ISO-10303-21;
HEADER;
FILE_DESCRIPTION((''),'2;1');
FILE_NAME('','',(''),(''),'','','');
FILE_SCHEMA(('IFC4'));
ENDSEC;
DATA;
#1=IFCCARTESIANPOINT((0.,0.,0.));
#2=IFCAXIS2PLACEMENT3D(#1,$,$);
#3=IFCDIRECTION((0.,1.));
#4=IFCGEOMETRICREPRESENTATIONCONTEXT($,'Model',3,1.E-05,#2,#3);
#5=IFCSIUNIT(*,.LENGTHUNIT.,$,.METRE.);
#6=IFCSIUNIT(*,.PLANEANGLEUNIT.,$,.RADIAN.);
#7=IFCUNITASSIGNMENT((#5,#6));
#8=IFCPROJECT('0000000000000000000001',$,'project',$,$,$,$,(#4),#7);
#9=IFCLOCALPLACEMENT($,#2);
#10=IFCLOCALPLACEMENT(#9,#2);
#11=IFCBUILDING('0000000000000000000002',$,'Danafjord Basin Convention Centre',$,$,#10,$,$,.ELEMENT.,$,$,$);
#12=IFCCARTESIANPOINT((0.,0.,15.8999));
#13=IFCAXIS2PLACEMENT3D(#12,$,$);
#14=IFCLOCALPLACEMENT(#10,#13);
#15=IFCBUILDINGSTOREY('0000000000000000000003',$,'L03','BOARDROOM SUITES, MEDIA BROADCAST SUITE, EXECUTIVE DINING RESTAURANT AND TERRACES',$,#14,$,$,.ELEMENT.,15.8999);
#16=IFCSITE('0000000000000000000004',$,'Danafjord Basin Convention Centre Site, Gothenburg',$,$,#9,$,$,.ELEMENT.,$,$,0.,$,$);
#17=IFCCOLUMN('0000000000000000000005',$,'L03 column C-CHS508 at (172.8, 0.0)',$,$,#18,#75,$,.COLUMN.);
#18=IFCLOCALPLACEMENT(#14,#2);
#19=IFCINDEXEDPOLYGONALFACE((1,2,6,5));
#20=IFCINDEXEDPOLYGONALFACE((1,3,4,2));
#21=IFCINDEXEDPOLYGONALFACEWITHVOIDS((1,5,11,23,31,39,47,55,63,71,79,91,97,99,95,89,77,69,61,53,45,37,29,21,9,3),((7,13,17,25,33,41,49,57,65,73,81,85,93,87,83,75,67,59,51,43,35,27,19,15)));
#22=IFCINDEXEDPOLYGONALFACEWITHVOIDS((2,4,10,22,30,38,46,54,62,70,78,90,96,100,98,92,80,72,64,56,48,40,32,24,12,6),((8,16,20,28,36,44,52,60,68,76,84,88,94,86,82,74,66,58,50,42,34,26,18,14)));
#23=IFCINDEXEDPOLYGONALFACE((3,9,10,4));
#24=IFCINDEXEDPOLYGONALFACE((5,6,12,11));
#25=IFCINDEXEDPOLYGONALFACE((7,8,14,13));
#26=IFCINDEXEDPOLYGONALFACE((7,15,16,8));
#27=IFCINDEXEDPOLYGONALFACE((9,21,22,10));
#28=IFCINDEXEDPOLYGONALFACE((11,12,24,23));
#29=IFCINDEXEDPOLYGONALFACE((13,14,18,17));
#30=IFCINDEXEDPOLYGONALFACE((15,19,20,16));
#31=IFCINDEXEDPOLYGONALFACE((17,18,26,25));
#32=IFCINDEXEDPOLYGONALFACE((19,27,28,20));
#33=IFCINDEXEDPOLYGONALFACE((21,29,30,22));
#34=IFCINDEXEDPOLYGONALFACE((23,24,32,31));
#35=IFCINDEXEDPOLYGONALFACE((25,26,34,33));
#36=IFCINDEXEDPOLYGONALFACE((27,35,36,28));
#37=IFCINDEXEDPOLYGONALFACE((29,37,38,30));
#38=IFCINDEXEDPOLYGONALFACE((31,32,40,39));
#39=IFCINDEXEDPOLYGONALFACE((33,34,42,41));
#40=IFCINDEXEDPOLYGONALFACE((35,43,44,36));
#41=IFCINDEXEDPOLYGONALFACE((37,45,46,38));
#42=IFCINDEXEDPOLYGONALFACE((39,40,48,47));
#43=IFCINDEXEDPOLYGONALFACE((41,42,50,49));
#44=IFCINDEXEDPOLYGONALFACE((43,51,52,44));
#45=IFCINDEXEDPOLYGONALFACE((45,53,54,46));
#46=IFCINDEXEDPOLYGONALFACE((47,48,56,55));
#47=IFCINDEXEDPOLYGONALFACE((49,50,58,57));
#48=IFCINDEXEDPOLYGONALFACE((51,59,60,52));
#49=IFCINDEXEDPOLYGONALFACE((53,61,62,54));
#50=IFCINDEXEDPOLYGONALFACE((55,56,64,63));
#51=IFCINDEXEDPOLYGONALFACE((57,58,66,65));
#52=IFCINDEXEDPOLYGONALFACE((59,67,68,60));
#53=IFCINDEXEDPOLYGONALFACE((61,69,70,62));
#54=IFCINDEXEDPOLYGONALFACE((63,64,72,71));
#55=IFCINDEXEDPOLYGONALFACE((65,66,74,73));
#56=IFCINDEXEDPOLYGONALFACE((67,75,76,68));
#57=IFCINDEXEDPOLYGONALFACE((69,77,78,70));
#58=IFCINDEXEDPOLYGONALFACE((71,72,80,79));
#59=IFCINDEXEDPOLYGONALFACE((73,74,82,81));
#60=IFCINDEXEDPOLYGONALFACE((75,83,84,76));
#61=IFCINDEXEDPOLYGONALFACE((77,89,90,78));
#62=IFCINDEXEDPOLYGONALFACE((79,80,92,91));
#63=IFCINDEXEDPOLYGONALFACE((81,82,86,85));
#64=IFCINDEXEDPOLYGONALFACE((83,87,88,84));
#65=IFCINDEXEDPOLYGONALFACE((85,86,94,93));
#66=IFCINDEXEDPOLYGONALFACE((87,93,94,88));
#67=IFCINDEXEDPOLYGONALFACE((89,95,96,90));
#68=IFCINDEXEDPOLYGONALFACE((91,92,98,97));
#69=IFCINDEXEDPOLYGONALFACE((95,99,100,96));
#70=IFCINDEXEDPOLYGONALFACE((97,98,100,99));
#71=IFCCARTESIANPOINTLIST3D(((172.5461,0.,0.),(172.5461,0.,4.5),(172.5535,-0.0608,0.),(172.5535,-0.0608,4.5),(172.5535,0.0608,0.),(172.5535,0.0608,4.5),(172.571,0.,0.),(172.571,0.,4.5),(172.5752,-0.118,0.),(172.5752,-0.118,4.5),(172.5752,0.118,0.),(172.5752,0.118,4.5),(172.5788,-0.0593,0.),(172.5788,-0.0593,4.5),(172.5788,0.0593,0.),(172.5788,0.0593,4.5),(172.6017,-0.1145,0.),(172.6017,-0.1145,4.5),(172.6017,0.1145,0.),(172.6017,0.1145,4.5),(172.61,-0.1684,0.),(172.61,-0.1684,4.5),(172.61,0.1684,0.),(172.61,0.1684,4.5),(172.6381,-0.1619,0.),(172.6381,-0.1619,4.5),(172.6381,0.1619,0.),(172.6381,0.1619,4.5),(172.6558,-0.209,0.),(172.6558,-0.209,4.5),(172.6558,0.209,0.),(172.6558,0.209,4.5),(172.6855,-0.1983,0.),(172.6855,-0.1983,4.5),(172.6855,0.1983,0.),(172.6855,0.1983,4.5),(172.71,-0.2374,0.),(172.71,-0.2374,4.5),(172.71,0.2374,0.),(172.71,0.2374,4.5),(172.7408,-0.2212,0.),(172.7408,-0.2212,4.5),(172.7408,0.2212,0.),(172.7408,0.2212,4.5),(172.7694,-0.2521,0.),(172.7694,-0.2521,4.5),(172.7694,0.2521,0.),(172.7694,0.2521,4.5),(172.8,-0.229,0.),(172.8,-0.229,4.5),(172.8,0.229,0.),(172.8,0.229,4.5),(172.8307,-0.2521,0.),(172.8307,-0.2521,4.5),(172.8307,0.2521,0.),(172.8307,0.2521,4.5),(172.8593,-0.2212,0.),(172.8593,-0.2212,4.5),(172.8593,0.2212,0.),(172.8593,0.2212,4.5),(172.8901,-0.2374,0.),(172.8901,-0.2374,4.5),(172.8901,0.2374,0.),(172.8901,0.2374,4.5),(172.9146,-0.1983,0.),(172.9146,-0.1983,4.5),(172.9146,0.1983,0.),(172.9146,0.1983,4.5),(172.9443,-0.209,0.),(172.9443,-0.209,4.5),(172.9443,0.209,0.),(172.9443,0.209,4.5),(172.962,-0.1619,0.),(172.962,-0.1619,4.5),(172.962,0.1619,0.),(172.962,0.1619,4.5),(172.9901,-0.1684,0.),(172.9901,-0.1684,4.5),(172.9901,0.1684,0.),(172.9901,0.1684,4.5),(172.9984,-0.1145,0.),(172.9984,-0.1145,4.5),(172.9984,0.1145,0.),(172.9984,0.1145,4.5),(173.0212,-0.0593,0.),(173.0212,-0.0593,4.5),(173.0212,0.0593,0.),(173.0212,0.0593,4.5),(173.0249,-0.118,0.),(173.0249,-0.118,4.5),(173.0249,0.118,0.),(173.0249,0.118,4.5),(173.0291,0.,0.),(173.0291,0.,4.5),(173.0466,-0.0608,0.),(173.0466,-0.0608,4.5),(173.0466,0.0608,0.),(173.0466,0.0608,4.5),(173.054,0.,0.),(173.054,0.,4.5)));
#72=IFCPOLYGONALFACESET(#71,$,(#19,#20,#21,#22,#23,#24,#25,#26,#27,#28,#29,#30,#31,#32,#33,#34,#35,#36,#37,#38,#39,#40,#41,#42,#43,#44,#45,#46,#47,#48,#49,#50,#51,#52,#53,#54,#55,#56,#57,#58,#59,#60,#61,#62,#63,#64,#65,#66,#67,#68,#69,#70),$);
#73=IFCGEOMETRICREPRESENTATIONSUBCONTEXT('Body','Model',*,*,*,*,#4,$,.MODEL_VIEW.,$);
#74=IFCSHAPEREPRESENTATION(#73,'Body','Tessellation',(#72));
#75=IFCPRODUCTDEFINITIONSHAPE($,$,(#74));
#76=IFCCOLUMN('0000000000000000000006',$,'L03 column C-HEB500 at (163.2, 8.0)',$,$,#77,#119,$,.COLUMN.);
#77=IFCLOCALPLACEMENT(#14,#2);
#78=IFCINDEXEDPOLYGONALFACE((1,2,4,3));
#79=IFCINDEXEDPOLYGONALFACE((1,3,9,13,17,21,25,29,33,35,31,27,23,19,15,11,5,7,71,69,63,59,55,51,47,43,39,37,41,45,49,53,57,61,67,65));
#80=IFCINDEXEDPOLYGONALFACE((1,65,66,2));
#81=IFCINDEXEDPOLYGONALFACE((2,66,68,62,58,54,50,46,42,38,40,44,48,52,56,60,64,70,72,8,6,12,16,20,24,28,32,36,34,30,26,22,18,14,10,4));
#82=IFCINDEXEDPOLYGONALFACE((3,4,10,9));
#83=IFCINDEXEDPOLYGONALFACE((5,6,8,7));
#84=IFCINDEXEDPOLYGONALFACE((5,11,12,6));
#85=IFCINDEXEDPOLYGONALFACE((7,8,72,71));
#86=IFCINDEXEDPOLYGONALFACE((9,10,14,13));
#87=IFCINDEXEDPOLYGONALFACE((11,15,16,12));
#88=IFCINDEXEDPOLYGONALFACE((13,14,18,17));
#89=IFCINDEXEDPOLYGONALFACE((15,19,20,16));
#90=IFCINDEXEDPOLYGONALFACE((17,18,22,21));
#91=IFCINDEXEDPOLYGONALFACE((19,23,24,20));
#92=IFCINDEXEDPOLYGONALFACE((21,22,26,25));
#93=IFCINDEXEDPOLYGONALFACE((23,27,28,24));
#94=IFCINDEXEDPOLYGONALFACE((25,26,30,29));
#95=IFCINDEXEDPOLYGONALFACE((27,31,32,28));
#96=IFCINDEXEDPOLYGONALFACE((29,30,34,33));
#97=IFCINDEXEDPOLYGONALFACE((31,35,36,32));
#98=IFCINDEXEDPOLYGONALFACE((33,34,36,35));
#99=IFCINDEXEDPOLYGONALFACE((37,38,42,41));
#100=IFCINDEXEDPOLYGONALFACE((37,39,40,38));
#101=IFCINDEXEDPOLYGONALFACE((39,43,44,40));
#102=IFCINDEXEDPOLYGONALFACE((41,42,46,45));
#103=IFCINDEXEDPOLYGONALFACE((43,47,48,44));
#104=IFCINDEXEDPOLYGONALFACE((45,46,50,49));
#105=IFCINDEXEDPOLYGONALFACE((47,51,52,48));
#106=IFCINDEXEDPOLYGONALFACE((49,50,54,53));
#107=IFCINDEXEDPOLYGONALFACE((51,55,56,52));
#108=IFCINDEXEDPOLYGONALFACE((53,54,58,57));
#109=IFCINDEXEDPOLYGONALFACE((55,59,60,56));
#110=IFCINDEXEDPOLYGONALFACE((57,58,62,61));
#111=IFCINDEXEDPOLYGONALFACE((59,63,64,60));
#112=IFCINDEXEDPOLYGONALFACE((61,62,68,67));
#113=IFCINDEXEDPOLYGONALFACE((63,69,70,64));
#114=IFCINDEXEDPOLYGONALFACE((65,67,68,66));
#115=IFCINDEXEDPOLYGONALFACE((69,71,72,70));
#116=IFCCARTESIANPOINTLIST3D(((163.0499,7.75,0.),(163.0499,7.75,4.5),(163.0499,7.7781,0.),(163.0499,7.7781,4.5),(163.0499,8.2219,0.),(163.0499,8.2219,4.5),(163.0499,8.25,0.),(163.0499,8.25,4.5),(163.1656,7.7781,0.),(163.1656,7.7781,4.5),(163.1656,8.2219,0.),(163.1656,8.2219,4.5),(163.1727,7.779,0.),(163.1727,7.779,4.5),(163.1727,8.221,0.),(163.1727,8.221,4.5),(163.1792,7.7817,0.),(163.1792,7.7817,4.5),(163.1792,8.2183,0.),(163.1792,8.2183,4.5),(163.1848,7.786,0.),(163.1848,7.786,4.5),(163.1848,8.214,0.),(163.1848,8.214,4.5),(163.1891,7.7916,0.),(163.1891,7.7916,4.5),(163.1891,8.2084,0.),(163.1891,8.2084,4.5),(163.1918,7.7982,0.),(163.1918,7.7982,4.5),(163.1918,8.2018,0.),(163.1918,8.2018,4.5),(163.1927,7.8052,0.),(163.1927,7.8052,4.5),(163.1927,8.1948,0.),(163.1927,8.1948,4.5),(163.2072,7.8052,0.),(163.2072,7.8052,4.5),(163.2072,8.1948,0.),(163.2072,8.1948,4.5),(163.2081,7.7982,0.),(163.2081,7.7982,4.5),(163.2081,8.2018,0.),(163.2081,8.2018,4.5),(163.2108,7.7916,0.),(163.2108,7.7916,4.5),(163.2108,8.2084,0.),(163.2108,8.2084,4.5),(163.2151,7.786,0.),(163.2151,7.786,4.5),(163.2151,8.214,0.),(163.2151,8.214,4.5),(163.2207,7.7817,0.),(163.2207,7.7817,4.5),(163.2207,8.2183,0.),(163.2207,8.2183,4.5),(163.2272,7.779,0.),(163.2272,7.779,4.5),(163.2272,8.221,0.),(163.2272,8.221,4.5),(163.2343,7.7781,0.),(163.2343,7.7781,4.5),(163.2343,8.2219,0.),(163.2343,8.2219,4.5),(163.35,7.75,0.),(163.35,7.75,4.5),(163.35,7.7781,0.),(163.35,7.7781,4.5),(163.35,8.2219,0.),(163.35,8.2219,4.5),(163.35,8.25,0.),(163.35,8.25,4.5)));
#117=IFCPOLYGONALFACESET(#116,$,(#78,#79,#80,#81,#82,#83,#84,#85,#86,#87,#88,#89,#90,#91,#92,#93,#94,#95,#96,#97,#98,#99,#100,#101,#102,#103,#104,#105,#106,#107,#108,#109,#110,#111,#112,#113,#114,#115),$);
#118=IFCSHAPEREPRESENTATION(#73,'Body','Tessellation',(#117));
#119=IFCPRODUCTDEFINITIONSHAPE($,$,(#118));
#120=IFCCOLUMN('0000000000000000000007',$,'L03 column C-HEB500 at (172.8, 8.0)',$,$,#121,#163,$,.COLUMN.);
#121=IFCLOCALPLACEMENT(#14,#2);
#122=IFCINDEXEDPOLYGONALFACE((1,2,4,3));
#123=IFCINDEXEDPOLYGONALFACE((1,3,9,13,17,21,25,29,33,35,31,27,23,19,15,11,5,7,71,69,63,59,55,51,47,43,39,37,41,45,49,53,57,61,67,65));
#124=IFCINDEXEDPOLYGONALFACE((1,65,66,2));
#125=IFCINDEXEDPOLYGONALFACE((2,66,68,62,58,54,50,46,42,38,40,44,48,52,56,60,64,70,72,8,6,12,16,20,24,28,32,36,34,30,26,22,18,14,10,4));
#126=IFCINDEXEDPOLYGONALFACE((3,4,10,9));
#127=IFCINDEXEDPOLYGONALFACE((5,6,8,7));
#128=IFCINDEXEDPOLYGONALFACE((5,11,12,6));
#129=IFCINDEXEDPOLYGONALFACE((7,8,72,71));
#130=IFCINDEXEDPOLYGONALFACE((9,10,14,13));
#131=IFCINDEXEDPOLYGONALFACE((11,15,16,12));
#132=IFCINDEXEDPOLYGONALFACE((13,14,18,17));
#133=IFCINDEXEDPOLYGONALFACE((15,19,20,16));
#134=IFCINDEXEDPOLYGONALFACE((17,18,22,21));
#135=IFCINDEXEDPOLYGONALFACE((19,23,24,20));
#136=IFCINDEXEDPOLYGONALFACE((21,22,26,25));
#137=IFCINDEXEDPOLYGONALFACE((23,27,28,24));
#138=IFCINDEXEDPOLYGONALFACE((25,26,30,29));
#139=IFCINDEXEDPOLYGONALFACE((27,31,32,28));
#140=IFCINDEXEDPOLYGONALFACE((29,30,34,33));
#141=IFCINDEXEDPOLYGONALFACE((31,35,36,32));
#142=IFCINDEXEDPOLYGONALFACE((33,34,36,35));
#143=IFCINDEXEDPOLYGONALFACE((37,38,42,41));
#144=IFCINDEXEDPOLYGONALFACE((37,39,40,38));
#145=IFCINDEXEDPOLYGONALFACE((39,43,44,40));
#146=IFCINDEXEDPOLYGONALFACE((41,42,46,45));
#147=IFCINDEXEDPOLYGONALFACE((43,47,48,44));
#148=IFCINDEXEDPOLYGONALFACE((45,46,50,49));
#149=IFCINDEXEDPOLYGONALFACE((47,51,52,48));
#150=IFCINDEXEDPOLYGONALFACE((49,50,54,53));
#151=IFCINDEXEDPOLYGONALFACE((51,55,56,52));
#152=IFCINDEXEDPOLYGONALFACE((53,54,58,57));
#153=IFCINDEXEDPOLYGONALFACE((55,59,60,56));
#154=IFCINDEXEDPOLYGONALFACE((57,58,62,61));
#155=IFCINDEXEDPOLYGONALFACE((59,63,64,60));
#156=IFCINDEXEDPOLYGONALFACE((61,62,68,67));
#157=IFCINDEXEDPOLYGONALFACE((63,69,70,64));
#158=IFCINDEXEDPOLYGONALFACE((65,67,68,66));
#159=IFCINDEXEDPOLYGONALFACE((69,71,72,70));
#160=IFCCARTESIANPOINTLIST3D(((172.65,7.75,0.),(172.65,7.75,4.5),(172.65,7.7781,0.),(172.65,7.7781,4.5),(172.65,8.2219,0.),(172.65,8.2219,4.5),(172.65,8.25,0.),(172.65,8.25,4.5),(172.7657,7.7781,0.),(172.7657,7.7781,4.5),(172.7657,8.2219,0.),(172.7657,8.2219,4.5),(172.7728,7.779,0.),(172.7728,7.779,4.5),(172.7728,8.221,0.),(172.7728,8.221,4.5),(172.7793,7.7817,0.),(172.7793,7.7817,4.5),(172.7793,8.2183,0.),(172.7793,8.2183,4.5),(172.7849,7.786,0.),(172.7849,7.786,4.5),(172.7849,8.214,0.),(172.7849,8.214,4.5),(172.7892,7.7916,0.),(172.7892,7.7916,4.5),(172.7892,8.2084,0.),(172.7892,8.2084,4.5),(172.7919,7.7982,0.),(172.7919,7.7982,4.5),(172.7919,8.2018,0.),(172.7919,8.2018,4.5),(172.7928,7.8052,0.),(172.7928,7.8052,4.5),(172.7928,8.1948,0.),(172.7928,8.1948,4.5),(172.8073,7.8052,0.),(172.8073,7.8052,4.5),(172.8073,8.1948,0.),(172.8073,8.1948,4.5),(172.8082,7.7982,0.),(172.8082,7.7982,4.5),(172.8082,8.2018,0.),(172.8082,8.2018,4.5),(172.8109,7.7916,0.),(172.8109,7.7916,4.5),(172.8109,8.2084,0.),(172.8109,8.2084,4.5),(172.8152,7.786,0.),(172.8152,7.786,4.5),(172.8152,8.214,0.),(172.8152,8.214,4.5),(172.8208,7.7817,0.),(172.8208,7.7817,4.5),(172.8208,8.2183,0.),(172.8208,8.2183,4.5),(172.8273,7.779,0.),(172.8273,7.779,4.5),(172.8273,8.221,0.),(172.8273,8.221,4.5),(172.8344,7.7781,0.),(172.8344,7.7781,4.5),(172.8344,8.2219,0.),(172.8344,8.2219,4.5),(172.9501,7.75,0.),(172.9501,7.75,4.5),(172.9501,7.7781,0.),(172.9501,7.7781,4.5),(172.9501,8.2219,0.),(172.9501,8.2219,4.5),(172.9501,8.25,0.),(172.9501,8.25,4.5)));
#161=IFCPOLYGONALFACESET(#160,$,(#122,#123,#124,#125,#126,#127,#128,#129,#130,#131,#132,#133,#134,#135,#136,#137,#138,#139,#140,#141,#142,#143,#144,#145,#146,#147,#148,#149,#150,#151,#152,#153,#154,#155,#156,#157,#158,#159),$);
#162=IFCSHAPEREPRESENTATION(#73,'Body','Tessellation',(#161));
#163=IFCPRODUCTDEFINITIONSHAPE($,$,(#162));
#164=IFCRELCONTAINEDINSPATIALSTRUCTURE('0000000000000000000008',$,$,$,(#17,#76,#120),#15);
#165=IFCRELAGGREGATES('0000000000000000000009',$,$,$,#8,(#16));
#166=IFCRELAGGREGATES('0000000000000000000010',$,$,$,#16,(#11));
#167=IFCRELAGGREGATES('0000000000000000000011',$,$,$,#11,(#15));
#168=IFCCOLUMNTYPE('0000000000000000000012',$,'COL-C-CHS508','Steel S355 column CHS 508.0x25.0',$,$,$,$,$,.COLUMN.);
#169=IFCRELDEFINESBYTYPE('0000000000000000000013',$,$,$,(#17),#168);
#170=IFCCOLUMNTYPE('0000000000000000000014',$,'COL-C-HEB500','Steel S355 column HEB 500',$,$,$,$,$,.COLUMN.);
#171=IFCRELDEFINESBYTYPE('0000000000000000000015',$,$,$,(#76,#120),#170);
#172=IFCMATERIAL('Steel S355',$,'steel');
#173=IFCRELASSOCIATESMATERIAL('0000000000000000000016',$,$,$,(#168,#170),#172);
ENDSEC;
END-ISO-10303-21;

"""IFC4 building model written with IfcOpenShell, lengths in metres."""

from ifc_helpers import new_model, si_unit, direction, frame, origin, origin_2d, place, context, subcontext, project, spatial, hollow_circle, i_section, extrude, material, material_profile, profile_set, type_object, element, save


model = new_model("IFC4")

# Units and contexts
model_context = context("Model", 3, precision=1e-05, world=origin(), true_north=direction((0.0, 1.0)))
body_context = subcontext(model_context, "Body", "Model", "MODEL_VIEW")
ifc_project = project(units=[si_unit("LENGTHUNIT", "METRE"), si_unit("PLANEANGLEUNIT", "RADIAN")], contexts=[model_context])

# Site, building, storey
site_placement = place(None, origin())
site = spatial("IfcSite", under=ifc_project, at=site_placement, Name="Danafjord Basin Convention Centre Site, Gothenburg", CompositionType="ELEMENT", RefElevation=0.0)
building_placement = place(site_placement, origin())
building = spatial("IfcBuilding", under=site, at=building_placement, Name="Danafjord Basin Convention Centre", CompositionType="ELEMENT")
storey_placement = place(building_placement, frame((0.0, 0.0, 15.8999)))
storey = spatial("IfcBuildingStorey", under=building, at=storey_placement, Name="L03", Description="BOARDROOM SUITES, MEDIA BROADCAST SUITE, EXECUTIVE DINING RESTAURANT AND TERRACES", CompositionType="ELEMENT", Elevation=15.8999)

# Columns
ifc_material_1 = material(Name="Steel S355", Category="steel")
ifc_material_profile_1 = material_profile(ifc_material_1, hollow_circle(Radius=0.2539, WallThickness=0.0249, at=origin_2d()), Name="CHS 508.0x25.0")
ifc_profile_set_1 = profile_set([ifc_material_profile_1], Name="Steel S355")
column_type_1 = type_object("IfcColumnType", Name="COL-C-CHS508", Description="Steel S355 column CHS 508.0x25.0", PredefinedType="COLUMN", material=ifc_profile_set_1)
column_placement = place(storey_placement, frame((172.8, 0.0, 0.0), z_axis=(0.0, 0.0, 1.0), x_axis=(1.0, 0.0, 0.0)))
element("IfcColumn", 1, at=column_placement, inside=storey, type_object=column_type_1, Name="L03 column C-CHS508 at (172.8, 0.0)", PredefinedType="COLUMN", context=body_context, shape_type="SweptSolid", body=[
    extrude(hollow_circle(Radius=0.2539, WallThickness=0.0249, at=origin_2d()), origin(), (0.0, 0.0, 1.0), 4.5),
])
ifc_material_profile_2 = material_profile(ifc_material_1, i_section(OverallWidth=0.3, OverallDepth=0.5, WebThickness=0.0144, FlangeThickness=0.0281, FilletRadius=0.0271, at=origin_2d()), Name="HEB 500")
ifc_profile_set_2 = profile_set([ifc_material_profile_2], Name="Steel S355")
column_type_2 = type_object("IfcColumnType", Name="COL-C-HEB500", Description="Steel S355 column HEB 500", PredefinedType="COLUMN", material=ifc_profile_set_2)
for number, where, z_axis, x_axis, name in (
    (2, (163.2, 8.0, 0.0), (0.0, 0.0, 1.0), (1.0, 0.0, 0.0), "L03 column C-HEB500 at (163.2, 8.0)"),
    (3, (172.8, 8.0, 0.0), (0.0, 0.0, 1.0), (1.0, 0.0, 0.0), "L03 column C-HEB500 at (172.8, 8.0)"),
):
    element("IfcColumn", number, at=place(storey_placement, frame(where, z_axis=z_axis, x_axis=x_axis)), inside=storey, type_object=column_type_2, Name=name, PredefinedType="COLUMN", context=body_context, shape_type="SweptSolid", body=[
        extrude(i_section(OverallWidth=0.3, OverallDepth=0.5, WebThickness=0.0144, FlangeThickness=0.0281, FilletRadius=0.0271, at=origin_2d()), origin(), (0.0, 0.0, 1.0), 4.5),
    ])

save(model, "model.ifc")
